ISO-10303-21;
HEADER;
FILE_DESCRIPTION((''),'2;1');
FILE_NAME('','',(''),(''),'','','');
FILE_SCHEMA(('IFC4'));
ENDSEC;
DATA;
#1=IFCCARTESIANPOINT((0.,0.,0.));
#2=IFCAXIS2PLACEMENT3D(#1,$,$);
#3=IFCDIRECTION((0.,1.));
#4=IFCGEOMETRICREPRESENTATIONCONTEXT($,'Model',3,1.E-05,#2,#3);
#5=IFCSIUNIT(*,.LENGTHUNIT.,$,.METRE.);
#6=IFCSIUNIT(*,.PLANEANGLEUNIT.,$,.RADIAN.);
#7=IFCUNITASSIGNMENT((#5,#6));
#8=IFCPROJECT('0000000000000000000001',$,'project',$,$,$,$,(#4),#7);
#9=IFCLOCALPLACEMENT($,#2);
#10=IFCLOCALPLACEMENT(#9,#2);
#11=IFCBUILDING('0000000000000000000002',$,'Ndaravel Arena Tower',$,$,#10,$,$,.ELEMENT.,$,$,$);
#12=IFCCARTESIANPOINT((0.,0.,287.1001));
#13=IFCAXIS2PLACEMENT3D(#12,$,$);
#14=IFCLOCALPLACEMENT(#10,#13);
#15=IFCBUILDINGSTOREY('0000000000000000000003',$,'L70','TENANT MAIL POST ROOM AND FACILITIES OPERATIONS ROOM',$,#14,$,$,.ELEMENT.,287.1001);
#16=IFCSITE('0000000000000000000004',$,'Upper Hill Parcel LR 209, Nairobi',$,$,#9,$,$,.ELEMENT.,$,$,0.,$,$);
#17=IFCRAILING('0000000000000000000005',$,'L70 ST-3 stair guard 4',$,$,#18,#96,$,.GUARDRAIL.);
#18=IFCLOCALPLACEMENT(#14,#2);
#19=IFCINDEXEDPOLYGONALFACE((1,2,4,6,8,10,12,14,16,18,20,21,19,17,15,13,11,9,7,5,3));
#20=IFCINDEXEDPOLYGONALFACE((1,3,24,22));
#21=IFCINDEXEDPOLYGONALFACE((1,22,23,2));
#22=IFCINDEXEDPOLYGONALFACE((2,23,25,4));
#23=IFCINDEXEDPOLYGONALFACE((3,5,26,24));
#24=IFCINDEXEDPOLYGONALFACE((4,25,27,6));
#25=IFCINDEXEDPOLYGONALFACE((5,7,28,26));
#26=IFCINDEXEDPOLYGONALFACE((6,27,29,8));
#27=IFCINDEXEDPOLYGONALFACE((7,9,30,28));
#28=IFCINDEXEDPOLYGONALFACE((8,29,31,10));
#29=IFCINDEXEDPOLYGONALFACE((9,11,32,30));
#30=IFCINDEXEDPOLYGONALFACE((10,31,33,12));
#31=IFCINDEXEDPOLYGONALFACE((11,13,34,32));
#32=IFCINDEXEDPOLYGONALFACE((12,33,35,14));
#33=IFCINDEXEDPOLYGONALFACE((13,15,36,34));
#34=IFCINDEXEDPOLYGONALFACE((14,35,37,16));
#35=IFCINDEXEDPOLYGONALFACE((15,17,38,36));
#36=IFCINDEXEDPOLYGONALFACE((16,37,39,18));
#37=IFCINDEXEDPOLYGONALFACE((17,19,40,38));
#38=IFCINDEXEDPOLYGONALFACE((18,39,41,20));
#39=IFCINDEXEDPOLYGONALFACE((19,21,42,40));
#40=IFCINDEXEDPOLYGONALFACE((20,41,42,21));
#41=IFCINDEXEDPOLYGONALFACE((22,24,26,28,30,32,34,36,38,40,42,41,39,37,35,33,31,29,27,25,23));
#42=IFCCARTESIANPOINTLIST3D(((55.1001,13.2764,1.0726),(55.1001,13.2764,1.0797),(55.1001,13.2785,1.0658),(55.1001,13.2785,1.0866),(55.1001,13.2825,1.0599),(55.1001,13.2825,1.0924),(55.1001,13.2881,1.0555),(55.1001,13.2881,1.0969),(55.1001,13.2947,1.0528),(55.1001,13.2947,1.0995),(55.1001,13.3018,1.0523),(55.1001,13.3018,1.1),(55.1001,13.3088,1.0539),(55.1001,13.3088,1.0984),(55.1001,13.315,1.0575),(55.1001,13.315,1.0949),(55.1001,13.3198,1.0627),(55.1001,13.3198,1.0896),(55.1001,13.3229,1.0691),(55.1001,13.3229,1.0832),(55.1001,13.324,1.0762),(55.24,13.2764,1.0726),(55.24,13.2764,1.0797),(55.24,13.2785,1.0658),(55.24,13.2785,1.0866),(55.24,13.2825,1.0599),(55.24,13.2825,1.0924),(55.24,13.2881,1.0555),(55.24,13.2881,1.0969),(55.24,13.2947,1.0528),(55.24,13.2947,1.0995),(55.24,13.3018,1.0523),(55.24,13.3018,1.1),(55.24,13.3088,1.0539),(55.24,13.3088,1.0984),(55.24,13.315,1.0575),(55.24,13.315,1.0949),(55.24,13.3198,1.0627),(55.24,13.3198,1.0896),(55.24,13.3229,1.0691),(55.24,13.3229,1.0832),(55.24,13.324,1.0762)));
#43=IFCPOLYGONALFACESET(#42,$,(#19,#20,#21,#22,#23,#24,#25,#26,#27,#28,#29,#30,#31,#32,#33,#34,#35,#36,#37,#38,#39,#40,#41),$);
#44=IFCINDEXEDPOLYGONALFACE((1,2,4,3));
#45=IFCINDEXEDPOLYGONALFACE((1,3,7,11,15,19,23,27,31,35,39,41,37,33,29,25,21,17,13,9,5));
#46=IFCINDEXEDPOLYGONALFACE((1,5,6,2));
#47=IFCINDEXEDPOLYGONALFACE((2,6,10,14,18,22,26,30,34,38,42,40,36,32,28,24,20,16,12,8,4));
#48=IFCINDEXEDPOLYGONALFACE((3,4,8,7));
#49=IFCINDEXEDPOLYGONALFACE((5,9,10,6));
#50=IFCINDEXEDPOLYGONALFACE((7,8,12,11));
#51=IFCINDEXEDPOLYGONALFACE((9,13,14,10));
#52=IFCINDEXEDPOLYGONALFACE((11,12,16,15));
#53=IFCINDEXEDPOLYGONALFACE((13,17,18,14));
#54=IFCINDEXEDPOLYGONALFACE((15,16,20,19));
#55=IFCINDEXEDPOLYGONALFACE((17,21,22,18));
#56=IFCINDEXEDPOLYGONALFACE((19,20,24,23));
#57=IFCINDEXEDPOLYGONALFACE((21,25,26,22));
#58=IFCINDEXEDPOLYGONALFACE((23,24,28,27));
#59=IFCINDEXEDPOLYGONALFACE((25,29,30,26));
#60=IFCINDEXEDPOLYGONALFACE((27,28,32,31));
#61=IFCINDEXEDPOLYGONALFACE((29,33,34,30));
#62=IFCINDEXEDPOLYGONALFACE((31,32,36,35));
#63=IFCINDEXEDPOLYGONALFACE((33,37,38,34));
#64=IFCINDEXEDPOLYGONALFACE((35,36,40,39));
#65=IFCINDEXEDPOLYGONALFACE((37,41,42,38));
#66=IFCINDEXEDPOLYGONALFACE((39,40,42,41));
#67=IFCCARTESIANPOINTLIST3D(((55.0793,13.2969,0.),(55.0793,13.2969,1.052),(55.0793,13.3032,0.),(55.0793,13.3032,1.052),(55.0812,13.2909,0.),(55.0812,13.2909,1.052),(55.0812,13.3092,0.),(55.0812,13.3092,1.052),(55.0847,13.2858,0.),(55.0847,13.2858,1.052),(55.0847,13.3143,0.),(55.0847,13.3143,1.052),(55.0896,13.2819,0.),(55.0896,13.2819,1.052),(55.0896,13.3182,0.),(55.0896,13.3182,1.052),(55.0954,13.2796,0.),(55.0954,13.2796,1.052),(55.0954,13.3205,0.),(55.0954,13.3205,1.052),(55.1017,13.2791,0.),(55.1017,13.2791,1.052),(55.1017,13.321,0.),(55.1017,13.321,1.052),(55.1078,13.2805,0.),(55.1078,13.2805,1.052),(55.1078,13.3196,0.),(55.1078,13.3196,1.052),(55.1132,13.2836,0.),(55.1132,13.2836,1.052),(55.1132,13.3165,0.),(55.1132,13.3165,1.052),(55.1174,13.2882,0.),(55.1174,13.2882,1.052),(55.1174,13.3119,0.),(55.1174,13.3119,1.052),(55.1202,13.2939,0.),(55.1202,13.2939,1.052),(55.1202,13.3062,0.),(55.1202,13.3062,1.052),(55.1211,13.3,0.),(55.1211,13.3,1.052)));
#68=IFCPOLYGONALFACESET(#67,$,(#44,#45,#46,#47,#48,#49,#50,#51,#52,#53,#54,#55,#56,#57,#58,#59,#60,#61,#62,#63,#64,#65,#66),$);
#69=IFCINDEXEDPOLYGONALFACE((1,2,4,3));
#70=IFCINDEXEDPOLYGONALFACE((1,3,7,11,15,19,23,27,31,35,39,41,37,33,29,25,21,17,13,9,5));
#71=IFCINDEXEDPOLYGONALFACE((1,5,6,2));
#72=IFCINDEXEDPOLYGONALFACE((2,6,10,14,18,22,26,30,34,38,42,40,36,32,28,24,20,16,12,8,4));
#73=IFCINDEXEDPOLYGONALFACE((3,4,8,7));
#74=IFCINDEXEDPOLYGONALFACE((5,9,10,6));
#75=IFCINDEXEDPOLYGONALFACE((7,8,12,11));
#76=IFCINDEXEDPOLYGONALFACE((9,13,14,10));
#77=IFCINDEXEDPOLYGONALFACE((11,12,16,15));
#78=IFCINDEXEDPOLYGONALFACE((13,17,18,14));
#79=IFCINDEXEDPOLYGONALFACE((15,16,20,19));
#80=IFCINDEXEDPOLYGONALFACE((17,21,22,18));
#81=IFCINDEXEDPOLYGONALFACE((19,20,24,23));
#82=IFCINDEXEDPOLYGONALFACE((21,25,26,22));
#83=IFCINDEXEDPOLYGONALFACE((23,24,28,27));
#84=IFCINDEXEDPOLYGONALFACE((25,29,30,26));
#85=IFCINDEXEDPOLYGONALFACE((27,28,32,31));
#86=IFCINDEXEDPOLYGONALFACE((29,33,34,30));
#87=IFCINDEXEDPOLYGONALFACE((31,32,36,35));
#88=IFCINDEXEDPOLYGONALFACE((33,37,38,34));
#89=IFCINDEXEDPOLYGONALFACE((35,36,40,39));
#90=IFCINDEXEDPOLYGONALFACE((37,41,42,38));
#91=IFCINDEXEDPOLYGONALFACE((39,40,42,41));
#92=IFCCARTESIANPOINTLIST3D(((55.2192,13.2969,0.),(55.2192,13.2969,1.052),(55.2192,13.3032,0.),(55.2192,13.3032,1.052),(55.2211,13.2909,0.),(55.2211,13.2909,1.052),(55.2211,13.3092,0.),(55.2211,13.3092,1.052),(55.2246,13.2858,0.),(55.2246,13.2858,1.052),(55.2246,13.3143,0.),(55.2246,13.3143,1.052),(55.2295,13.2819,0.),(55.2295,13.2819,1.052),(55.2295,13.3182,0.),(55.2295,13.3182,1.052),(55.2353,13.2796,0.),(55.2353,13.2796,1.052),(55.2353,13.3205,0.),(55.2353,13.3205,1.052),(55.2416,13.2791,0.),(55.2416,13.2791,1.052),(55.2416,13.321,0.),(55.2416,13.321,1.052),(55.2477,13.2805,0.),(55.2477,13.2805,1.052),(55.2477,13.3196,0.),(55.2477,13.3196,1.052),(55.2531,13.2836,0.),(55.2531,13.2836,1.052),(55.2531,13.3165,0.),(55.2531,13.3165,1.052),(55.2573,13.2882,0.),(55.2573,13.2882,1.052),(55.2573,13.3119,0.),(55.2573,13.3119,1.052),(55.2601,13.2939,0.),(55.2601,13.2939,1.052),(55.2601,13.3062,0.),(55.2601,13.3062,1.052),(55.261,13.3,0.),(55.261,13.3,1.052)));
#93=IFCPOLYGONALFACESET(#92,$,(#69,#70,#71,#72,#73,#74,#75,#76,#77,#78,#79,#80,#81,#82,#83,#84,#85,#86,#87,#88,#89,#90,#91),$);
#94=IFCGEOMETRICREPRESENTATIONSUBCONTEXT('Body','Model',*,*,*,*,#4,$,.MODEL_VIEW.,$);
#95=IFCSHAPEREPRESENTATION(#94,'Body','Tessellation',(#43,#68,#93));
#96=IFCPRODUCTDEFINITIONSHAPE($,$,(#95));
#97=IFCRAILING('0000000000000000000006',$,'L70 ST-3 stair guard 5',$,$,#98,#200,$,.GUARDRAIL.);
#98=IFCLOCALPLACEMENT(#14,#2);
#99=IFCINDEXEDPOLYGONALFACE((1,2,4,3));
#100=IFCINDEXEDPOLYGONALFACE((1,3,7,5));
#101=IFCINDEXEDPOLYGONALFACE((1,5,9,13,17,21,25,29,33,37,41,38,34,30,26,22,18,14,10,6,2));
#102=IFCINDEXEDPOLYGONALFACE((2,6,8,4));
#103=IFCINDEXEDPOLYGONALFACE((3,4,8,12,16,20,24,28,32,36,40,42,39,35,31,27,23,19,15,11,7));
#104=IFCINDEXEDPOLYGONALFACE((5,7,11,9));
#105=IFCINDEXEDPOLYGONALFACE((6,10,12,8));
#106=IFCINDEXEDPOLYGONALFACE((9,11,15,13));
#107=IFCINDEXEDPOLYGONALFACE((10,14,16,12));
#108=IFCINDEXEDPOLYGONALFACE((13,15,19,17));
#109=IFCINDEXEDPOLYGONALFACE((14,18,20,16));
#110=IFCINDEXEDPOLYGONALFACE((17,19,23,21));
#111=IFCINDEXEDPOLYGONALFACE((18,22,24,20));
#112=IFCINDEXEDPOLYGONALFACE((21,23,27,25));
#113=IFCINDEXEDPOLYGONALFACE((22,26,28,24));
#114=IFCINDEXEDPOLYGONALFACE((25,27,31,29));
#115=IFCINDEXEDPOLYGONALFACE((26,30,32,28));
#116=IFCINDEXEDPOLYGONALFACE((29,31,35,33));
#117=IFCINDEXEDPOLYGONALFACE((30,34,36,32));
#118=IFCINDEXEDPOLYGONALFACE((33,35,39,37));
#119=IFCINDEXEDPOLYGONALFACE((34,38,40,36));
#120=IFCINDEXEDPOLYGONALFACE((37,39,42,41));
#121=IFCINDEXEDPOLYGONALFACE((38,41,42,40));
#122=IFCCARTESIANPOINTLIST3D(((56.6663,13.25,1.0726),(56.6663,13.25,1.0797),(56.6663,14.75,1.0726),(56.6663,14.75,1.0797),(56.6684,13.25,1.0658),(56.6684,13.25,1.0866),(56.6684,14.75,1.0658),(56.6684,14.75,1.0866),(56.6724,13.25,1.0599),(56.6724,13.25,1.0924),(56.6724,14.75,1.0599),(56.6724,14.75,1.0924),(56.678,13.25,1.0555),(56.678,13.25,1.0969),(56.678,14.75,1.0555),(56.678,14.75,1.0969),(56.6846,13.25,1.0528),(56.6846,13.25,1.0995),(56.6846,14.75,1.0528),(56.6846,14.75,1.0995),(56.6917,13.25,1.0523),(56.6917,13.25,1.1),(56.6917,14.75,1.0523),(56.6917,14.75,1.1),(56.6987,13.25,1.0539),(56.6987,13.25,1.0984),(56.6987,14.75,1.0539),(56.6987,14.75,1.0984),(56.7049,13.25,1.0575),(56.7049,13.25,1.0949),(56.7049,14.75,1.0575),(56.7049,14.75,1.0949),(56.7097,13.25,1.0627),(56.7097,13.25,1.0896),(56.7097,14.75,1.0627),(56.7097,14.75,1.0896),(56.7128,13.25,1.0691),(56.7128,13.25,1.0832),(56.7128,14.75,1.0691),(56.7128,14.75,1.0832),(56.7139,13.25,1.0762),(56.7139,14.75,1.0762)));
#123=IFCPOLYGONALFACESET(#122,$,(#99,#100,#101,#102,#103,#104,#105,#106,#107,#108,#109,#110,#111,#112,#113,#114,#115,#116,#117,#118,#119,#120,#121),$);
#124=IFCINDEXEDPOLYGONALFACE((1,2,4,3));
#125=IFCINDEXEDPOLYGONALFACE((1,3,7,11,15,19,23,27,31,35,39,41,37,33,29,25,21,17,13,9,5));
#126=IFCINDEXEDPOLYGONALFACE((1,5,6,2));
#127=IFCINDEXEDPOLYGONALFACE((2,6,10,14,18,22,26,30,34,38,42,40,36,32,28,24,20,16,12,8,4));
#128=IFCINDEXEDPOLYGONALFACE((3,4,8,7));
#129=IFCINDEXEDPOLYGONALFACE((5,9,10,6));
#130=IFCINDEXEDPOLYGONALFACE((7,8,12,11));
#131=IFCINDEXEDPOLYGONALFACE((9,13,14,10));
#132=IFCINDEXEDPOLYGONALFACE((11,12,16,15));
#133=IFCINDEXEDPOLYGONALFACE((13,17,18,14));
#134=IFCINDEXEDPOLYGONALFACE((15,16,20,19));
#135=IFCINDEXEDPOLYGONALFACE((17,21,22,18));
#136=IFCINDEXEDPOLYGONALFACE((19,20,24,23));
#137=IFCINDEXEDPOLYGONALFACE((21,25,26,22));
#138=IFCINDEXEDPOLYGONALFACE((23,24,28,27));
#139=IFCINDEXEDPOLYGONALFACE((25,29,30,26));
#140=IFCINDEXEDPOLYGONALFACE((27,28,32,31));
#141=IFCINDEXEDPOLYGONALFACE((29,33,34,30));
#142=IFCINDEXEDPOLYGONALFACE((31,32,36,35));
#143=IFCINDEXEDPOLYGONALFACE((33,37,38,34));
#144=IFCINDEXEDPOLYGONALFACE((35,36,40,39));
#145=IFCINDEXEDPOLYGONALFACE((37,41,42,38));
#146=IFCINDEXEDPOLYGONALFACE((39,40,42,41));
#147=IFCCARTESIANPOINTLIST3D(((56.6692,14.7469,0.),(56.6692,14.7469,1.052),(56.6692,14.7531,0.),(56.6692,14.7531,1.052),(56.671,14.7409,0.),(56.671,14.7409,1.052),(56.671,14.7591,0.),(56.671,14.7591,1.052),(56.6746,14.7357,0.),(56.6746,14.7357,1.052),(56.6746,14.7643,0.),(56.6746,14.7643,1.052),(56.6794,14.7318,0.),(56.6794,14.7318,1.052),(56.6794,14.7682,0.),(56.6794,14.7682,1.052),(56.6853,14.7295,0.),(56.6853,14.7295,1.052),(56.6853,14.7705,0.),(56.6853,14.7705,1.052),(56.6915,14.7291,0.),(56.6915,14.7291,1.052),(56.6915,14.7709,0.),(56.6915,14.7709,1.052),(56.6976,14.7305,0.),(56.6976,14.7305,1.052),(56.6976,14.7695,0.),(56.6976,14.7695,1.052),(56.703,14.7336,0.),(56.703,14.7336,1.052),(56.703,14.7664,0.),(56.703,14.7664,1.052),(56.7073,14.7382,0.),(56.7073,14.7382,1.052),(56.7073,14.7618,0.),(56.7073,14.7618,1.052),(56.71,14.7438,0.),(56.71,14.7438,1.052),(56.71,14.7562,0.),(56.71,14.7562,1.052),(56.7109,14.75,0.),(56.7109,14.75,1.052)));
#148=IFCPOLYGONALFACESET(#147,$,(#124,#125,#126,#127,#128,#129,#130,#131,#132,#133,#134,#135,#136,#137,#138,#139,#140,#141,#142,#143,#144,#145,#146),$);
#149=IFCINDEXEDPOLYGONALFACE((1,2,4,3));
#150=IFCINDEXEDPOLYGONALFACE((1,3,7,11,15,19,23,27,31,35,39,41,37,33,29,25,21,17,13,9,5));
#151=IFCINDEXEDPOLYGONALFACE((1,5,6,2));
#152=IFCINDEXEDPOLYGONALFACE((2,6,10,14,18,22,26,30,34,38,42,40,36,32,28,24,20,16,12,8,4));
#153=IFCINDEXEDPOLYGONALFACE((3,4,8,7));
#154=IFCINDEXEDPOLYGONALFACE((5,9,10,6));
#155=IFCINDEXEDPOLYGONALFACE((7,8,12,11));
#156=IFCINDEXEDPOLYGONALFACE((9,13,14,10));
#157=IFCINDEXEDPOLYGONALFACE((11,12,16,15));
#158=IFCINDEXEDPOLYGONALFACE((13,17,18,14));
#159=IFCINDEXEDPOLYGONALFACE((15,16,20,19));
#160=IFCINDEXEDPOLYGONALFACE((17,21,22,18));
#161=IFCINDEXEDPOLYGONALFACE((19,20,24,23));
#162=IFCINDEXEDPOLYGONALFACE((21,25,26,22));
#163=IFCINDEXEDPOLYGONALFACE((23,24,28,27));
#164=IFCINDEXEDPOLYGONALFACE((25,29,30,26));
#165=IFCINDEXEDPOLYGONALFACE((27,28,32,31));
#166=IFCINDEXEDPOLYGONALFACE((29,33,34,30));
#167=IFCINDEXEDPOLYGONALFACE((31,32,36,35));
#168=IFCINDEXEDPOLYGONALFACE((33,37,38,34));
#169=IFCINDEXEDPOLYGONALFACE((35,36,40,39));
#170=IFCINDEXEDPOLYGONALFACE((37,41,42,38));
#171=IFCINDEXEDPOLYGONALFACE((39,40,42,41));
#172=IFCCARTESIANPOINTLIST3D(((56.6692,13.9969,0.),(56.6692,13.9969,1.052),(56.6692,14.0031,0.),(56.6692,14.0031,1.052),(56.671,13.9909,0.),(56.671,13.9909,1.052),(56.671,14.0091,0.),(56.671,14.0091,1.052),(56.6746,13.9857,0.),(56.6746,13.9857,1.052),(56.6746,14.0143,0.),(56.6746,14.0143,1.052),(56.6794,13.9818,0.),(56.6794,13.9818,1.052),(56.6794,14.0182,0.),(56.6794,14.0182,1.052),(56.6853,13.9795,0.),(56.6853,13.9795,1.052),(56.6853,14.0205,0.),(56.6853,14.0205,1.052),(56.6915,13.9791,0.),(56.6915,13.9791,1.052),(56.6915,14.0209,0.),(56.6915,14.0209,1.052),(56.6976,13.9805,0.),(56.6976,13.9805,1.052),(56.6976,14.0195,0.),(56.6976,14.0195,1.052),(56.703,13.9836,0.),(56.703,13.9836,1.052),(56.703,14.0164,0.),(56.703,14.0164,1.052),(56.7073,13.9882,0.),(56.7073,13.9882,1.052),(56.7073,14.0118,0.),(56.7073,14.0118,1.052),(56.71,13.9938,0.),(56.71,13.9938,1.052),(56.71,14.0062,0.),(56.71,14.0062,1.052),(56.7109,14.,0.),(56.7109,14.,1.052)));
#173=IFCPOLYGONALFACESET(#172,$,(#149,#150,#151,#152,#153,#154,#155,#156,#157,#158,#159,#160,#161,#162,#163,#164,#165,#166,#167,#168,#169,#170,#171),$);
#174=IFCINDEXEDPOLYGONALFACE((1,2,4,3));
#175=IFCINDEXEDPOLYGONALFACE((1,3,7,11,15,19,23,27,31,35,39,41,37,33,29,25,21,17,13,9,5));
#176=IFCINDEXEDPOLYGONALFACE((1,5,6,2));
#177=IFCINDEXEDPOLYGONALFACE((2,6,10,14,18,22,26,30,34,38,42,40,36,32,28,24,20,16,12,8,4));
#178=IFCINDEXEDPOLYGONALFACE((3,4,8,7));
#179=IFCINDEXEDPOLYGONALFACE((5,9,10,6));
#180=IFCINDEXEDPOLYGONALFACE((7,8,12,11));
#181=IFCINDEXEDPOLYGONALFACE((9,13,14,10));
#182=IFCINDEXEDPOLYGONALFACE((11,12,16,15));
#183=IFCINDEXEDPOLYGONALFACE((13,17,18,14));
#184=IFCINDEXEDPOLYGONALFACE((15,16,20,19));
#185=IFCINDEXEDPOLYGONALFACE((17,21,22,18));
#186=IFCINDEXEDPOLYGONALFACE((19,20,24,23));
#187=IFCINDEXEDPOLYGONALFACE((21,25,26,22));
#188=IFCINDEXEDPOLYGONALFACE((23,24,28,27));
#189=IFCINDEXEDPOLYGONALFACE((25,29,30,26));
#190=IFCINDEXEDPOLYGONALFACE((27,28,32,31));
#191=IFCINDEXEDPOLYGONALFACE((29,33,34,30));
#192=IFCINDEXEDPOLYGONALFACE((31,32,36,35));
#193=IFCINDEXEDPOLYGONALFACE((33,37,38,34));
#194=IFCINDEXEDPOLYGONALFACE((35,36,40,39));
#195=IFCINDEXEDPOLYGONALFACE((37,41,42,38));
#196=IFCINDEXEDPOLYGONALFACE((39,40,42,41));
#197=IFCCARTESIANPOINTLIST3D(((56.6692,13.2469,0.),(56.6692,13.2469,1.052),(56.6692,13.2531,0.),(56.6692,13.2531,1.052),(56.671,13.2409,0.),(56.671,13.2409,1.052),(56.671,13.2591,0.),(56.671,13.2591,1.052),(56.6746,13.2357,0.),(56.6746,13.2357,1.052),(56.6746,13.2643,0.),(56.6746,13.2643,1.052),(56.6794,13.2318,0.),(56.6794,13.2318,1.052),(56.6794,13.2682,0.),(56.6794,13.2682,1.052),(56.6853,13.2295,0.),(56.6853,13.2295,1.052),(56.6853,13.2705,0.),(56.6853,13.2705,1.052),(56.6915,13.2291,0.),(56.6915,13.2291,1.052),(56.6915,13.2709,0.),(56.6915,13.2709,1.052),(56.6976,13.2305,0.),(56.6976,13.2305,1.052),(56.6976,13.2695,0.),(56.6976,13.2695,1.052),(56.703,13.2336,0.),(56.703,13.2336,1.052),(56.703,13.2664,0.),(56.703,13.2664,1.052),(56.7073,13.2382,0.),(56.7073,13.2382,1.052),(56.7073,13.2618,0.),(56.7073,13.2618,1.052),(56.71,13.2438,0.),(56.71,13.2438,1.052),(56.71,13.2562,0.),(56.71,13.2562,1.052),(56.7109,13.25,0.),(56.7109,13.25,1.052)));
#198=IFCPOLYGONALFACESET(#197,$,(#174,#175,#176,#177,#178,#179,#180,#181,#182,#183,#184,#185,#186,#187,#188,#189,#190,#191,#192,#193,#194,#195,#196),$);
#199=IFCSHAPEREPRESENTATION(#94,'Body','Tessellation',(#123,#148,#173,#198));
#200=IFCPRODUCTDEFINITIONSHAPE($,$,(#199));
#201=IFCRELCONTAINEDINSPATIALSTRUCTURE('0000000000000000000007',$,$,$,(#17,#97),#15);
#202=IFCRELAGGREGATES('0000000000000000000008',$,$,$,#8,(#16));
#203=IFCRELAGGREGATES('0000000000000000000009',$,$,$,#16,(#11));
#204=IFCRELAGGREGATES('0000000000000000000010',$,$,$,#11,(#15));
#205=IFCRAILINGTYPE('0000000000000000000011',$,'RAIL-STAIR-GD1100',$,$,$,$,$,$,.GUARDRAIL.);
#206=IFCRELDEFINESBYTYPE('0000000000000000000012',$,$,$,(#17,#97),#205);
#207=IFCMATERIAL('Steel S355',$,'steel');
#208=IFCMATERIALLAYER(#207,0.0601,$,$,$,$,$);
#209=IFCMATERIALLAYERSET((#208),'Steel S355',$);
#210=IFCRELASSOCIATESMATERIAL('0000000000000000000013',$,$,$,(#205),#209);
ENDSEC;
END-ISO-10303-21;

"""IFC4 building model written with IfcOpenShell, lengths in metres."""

from ifc_helpers import new_model, si_unit, direction, frame, origin, origin_2d, place, context, subcontext, project, spatial, circle, extrude, material, layer, layer_set, type_object, element, save


model = new_model("IFC4")

# Units and contexts
model_context = context("Model", 3, precision=1e-05, world=origin(), true_north=direction((0.0, 1.0)))
body_context = subcontext(model_context, "Body", "Model", "MODEL_VIEW")
ifc_project = project(units=[si_unit("LENGTHUNIT", "METRE"), si_unit("PLANEANGLEUNIT", "RADIAN")], contexts=[model_context])

# Site, building, storey
site_placement = place(None, origin())
site = spatial("IfcSite", under=ifc_project, at=site_placement, Name="Upper Hill Parcel LR 209, Nairobi", CompositionType="ELEMENT", RefElevation=0.0)
building_placement = place(site_placement, origin())
building = spatial("IfcBuilding", under=site, at=building_placement, Name="Ndaravel Arena Tower", CompositionType="ELEMENT")
storey_placement = place(building_placement, frame((0.0, 0.0, 287.1001)))
storey = spatial("IfcBuildingStorey", under=building, at=storey_placement, Name="L70", Description="TENANT MAIL POST ROOM AND FACILITIES OPERATIONS ROOM", CompositionType="ELEMENT", Elevation=287.1001)

# Railings
ifc_material_1 = material(Name="Steel S355", Category="steel")
ifc_layer_1 = layer(ifc_material_1, 0.0601)
ifc_layer_set_1 = layer_set([ifc_layer_1], Name="Steel S355")
railing_type_1 = type_object("IfcRailingType", Name="RAIL-STAIR-GD1100", PredefinedType="GUARDRAIL", material=ifc_layer_set_1)
railing_1_placement = place(storey_placement, frame((55.1001, 13.3, 0.0)))
element("IfcRailing", 1, at=railing_1_placement, inside=storey, type_object=railing_type_1, Name="L70 ST-3 stair guard 4", PredefinedType="GUARDRAIL", context=body_context, shape_type="SweptSolid", body=[
    extrude(circle(Radius=0.0239, at=origin_2d()), frame((0.0, 0.0, 1.0762), z_axis=(1.0, 0.0, 0.0), x_axis=(0.0, 1.0, 0.0)), (0.0, 0.0, 1.0), 0.1399),
    extrude(circle(Radius=0.021, at=origin_2d()), origin(), (0.0, 0.0, 1.0), 1.052),
    extrude(circle(Radius=0.021, at=origin_2d()), frame((0.1399, 0.0, 0.0)), (0.0, 0.0, 1.0), 1.052),
])
railing_2_placement = place(storey_placement, frame((56.6899, 14.75, 0.0)))
element("IfcRailing", 2, at=railing_2_placement, inside=storey, type_object=railing_type_1, Name="L70 ST-3 stair guard 5", PredefinedType="GUARDRAIL", context=body_context, shape_type="SweptSolid", body=[
    extrude(circle(Radius=0.0239, at=origin_2d()), frame((0.0, 0.0, 1.0762), z_axis=(0.0, -1.0, 0.0), x_axis=(1.0, 0.0, 0.0)), (0.0, 0.0, 1.0), 1.5),
    extrude(circle(Radius=0.021, at=origin_2d()), origin(), (0.0, 0.0, 1.0), 1.052),
    extrude(circle(Radius=0.021, at=origin_2d()), frame((0.0, -0.75, 0.0)), (0.0, 0.0, 1.0), 1.052),
    extrude(circle(Radius=0.021, at=origin_2d()), frame((0.0, -1.5, 0.0)), (0.0, 0.0, 1.0), 1.052),
])

save(model, "model.ifc")
